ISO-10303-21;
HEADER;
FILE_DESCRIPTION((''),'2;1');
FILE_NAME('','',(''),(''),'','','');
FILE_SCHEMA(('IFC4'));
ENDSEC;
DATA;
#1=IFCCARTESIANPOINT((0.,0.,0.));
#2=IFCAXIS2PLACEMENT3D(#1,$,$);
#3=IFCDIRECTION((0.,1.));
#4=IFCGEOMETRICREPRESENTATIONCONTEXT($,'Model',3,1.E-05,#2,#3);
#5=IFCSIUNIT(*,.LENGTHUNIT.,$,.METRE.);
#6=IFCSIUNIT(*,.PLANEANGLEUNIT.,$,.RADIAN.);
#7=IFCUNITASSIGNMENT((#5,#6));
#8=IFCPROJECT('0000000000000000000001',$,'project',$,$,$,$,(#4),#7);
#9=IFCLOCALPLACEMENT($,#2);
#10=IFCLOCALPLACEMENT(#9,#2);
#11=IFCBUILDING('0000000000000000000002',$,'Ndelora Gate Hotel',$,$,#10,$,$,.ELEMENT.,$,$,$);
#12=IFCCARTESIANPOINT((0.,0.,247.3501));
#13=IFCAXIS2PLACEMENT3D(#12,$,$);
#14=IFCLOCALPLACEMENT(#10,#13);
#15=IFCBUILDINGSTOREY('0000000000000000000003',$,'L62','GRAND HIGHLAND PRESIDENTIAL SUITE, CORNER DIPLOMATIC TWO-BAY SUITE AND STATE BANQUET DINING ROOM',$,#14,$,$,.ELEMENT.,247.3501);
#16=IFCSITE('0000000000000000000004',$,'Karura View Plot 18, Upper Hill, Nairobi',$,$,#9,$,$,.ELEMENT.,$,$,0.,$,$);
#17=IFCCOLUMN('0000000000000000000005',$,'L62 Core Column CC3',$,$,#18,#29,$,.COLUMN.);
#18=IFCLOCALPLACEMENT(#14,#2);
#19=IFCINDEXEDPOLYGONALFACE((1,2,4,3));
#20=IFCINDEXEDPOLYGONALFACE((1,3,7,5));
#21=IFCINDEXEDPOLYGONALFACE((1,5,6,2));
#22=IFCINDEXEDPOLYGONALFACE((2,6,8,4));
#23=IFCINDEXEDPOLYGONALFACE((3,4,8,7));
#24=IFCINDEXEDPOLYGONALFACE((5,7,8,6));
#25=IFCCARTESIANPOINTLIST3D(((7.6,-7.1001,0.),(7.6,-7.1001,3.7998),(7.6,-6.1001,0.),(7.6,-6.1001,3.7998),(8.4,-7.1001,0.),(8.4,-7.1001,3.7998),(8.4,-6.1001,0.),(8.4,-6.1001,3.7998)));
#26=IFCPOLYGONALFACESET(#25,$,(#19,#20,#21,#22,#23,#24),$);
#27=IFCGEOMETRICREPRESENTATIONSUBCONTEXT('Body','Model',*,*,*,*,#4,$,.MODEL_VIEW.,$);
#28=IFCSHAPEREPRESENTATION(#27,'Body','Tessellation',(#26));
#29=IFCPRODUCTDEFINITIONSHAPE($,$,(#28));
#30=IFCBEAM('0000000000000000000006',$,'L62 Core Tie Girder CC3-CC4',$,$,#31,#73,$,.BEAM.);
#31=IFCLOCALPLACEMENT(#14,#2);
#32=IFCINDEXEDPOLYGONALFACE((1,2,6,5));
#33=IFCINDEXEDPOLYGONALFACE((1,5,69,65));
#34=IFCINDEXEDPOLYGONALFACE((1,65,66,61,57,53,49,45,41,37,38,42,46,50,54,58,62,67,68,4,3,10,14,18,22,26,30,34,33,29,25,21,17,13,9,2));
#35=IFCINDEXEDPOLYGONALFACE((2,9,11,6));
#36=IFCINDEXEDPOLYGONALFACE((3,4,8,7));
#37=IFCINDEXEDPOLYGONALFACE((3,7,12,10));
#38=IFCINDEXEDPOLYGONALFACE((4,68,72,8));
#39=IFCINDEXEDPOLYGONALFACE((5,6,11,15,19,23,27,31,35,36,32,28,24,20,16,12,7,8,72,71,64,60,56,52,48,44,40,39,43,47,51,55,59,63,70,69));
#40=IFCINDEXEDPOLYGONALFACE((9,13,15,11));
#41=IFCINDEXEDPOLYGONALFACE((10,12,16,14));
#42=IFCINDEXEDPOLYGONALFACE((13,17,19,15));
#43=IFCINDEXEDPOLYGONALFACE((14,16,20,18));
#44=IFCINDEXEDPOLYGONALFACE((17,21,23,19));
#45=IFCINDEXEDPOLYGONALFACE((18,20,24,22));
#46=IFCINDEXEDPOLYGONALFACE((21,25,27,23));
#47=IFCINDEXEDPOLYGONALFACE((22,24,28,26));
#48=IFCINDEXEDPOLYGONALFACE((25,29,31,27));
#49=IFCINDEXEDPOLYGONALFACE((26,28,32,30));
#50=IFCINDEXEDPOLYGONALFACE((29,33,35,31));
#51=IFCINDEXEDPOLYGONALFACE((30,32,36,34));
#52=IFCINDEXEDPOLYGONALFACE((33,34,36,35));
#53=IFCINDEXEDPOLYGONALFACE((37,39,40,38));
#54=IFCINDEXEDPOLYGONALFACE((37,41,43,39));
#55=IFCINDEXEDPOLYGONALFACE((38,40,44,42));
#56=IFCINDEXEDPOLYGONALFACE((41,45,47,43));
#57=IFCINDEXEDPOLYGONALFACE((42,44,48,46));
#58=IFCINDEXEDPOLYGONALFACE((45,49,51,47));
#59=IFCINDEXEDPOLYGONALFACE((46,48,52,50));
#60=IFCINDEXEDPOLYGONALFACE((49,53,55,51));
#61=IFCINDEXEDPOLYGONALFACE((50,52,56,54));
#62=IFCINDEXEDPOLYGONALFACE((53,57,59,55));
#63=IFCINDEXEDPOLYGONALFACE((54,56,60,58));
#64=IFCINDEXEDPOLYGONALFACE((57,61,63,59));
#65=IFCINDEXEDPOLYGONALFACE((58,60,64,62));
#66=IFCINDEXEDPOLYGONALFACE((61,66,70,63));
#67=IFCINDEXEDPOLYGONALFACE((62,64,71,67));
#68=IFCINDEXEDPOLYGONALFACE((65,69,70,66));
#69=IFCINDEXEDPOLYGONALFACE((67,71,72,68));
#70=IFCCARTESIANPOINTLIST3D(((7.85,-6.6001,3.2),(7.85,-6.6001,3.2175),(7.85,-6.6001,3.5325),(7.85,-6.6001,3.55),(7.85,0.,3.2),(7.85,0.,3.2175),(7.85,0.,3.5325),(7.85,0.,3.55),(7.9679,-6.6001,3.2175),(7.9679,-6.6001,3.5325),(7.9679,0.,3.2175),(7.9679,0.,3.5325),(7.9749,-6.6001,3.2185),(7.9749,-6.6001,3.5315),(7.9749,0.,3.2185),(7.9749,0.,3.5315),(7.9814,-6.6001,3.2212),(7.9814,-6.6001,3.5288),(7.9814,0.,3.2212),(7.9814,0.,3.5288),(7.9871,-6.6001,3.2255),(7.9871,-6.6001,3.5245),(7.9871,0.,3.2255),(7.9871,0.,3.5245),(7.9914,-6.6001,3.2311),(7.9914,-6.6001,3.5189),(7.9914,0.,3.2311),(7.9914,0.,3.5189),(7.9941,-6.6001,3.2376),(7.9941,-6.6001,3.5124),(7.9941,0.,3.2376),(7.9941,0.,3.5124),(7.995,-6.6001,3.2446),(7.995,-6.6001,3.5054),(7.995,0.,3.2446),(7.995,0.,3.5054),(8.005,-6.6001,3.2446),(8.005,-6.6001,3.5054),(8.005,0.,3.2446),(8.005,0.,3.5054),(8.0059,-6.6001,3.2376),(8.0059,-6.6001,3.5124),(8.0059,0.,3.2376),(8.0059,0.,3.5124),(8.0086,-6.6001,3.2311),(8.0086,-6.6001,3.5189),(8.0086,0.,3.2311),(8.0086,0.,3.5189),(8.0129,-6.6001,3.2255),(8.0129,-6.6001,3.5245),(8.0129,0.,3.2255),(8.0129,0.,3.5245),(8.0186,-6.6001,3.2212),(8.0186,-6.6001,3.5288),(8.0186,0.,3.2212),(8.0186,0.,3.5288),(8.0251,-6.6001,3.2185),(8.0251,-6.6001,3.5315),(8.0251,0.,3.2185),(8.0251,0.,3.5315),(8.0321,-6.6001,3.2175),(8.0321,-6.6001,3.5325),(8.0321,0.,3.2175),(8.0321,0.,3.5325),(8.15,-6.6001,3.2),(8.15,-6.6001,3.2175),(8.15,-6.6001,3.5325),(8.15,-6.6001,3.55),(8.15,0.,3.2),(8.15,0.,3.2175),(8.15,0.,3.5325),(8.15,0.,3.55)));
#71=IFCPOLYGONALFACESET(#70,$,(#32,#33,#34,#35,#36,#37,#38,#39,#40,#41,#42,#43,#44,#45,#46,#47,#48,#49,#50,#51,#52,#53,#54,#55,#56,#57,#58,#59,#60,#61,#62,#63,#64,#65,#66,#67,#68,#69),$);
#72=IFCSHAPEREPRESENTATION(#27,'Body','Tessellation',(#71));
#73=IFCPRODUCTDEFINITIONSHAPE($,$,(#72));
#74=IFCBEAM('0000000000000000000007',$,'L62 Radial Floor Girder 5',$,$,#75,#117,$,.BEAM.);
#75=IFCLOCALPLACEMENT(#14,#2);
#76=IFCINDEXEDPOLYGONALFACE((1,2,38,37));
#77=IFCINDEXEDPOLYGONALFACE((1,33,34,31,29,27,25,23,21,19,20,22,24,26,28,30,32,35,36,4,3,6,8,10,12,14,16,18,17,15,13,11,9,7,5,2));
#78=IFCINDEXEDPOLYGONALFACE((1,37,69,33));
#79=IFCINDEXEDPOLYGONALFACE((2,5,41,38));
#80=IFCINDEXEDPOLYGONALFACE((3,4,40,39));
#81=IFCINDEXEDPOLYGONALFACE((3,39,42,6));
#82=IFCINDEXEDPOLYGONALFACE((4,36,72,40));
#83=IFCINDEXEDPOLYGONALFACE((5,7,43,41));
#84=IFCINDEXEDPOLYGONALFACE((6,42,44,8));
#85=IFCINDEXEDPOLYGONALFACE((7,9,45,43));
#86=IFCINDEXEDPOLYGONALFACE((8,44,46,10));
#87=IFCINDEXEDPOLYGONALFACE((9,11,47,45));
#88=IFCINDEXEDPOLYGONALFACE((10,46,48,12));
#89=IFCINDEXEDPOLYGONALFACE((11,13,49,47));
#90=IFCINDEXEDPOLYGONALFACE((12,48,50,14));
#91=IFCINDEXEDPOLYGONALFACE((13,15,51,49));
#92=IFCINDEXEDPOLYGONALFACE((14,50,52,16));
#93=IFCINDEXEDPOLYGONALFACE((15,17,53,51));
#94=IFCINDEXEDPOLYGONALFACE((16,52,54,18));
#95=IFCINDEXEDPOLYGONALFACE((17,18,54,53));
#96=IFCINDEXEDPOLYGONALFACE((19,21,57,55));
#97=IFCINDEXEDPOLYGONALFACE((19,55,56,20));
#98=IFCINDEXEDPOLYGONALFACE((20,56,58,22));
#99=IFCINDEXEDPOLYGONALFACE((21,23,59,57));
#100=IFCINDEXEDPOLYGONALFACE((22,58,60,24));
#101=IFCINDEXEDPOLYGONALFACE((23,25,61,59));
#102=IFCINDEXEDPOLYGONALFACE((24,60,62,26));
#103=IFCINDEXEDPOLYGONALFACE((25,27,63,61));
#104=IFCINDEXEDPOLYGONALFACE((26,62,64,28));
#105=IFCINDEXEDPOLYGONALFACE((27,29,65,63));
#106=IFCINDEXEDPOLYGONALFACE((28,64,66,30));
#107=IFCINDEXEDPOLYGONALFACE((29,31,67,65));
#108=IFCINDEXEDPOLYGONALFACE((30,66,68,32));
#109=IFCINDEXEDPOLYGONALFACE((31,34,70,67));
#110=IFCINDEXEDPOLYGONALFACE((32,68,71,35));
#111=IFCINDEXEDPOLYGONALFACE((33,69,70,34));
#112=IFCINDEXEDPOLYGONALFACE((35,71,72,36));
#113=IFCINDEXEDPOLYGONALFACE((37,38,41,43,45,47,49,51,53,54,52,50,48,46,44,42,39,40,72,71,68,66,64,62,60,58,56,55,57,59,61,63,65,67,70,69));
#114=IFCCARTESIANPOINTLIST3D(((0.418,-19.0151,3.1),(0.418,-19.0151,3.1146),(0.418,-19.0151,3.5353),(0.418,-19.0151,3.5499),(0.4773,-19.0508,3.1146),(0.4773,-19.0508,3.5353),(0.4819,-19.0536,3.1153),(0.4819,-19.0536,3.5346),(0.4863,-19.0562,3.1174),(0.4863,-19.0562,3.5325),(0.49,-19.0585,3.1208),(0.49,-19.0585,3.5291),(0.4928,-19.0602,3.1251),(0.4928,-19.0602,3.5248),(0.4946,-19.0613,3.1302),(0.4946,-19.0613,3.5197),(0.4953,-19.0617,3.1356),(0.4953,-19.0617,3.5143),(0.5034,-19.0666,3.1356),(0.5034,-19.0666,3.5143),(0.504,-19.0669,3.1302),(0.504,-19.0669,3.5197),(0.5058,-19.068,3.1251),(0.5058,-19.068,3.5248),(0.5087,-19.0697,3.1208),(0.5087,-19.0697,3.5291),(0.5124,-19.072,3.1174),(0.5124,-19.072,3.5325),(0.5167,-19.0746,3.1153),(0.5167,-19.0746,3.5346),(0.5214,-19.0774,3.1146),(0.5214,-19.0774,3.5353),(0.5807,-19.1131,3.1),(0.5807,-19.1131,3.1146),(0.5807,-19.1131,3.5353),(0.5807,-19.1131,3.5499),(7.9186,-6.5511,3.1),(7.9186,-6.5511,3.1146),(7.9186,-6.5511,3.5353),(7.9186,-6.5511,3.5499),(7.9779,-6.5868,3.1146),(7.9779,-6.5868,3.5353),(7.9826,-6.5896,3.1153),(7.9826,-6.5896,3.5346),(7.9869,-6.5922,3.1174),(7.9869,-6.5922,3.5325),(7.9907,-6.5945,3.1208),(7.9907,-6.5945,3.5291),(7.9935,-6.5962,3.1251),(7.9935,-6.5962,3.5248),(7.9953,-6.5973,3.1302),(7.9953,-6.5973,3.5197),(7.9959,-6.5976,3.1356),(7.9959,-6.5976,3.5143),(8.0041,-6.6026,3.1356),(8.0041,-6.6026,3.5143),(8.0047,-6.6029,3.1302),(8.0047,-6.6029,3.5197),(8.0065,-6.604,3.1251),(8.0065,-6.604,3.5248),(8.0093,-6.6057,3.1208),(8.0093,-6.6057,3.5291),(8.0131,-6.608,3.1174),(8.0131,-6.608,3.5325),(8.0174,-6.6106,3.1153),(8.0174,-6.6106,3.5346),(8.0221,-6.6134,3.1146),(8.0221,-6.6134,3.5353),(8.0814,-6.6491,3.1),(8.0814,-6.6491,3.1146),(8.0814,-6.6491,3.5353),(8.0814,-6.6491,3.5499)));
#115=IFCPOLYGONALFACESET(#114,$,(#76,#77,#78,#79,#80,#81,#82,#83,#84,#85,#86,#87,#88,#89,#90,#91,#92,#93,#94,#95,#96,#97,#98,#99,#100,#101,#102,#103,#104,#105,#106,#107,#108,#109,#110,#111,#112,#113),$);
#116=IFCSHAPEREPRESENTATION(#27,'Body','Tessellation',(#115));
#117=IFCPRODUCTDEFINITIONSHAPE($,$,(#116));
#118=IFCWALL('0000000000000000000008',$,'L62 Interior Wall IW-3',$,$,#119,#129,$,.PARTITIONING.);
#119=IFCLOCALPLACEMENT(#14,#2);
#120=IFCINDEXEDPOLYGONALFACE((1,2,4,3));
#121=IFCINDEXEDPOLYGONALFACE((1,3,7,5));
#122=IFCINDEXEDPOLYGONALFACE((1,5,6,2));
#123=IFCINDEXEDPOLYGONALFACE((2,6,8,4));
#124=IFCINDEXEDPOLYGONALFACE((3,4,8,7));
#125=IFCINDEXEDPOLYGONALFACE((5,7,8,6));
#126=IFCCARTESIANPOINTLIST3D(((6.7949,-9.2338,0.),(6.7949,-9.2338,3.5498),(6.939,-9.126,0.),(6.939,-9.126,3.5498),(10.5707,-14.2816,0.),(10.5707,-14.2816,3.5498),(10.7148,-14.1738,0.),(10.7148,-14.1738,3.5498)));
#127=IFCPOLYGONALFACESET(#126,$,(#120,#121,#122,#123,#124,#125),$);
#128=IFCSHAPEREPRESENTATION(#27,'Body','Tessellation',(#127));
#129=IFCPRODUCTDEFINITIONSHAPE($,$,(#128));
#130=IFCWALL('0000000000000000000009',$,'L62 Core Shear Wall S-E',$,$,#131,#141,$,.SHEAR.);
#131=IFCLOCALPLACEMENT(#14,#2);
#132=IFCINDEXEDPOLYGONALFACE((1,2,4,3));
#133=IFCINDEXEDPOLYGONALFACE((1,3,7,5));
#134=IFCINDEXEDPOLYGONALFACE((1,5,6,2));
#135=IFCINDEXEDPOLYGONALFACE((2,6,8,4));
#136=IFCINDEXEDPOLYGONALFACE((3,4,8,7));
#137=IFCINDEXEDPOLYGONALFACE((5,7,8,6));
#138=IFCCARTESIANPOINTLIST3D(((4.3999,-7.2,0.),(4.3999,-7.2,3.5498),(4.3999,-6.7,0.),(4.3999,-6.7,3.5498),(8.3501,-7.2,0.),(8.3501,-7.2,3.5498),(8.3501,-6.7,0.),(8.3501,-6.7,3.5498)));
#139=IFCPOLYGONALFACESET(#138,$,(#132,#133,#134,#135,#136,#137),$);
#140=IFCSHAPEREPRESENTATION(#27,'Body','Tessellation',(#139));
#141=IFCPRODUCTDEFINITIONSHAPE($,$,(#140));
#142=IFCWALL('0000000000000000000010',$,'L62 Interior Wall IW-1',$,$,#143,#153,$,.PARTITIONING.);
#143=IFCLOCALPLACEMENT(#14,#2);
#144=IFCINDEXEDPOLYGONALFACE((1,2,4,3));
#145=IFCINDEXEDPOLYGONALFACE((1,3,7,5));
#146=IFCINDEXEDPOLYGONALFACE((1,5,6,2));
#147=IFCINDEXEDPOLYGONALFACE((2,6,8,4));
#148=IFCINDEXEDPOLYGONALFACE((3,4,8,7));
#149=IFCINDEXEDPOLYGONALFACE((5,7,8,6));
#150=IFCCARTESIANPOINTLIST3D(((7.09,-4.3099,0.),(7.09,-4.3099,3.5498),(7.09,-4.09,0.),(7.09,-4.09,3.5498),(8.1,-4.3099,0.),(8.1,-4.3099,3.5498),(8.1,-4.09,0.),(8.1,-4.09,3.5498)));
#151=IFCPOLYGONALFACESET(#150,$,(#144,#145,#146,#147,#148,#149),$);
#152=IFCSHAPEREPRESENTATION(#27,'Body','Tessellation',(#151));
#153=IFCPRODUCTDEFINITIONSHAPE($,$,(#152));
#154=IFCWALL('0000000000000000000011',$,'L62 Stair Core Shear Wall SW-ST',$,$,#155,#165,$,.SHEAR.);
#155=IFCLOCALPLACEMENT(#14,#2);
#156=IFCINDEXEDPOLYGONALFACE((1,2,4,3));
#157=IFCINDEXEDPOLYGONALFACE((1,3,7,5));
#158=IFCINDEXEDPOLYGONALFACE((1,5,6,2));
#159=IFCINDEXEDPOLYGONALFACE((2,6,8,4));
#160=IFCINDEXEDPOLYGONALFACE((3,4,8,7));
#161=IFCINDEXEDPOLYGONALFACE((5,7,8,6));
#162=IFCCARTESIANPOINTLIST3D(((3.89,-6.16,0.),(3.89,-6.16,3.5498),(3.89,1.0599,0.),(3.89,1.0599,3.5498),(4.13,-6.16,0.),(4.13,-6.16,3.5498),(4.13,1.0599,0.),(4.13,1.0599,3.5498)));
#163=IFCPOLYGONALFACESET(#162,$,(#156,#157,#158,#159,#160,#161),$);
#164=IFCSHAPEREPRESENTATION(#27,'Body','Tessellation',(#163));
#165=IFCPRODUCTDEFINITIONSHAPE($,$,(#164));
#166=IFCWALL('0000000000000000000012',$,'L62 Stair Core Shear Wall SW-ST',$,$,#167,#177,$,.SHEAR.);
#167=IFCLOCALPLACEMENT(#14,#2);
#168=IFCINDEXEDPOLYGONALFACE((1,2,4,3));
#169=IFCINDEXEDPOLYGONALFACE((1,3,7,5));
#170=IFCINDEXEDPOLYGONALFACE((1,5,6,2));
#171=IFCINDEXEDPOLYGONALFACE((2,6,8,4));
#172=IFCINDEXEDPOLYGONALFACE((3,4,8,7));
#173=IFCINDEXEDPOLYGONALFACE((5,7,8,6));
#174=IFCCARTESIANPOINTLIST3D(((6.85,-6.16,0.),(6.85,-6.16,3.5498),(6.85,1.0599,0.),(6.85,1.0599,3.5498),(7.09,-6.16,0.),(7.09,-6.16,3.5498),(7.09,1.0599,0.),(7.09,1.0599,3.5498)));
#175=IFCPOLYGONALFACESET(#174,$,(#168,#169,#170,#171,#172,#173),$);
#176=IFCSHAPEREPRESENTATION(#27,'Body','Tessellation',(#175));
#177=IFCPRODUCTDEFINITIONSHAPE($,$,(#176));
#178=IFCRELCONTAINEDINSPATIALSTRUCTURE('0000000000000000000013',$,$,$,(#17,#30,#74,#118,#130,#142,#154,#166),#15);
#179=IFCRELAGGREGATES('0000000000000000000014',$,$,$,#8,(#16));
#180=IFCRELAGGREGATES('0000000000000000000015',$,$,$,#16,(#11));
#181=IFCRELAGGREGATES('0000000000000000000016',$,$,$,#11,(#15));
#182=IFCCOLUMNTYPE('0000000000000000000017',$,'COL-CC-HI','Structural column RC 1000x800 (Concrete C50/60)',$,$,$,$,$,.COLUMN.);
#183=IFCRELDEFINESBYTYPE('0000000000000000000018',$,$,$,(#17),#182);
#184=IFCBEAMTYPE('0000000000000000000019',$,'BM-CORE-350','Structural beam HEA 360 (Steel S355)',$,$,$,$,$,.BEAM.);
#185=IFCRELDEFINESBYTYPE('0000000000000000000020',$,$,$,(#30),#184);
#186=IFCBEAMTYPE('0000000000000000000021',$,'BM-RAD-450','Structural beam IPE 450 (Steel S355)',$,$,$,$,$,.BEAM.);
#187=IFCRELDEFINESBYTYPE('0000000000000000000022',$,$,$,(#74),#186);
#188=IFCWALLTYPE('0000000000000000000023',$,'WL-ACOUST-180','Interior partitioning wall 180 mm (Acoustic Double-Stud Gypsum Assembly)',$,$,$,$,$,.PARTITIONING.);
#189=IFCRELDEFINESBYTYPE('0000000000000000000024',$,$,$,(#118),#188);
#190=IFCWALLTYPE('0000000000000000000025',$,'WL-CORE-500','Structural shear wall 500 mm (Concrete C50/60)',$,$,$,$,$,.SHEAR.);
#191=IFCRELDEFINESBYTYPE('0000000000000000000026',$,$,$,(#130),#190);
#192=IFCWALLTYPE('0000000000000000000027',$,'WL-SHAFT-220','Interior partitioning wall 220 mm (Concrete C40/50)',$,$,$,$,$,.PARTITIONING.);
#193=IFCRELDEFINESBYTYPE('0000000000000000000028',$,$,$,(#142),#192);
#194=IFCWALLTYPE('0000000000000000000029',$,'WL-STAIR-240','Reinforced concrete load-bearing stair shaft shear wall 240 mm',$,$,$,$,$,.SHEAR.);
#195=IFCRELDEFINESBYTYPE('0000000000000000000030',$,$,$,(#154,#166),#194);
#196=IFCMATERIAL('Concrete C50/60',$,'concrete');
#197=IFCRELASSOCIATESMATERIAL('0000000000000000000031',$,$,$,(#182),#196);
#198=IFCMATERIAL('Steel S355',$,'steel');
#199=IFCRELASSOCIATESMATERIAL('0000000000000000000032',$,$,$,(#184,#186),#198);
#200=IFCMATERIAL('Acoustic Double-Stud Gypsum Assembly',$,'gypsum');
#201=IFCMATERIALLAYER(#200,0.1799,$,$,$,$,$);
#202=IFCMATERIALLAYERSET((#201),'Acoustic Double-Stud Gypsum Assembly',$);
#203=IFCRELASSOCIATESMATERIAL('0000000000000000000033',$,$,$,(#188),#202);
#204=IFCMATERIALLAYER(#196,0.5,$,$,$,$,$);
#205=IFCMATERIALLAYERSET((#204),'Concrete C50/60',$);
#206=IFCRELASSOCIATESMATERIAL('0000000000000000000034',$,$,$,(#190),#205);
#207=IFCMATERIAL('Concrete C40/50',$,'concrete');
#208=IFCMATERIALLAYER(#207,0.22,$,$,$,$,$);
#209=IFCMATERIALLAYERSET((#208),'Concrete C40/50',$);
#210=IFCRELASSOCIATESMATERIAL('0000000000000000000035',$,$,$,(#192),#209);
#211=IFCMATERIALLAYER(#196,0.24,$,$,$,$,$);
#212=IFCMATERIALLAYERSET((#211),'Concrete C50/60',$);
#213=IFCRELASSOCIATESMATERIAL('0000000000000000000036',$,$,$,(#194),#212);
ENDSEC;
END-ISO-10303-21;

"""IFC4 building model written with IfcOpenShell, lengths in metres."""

from ifc_helpers import new_model, si_unit, direction, frame, frame_2d, origin, origin_2d, place, context, subcontext, project, spatial, rectangle, i_section, extrude, material, layer, layer_set, material_profile, profile_set, type_object, element, save


model = new_model("IFC4")

# Units and contexts
model_context = context("Model", 3, precision=1e-05, world=origin(), true_north=direction((0.0, 1.0)))
body_context = subcontext(model_context, "Body", "Model", "MODEL_VIEW")
ifc_project = project(units=[si_unit("LENGTHUNIT", "METRE"), si_unit("PLANEANGLEUNIT", "RADIAN")], contexts=[model_context])

# Site, building, storey
site_placement = place(None, origin())
site = spatial("IfcSite", under=ifc_project, at=site_placement, Name="Karura View Plot 18, Upper Hill, Nairobi", CompositionType="ELEMENT", RefElevation=0.0)
building_placement = place(site_placement, origin())
building = spatial("IfcBuilding", under=site, at=building_placement, Name="Ndelora Gate Hotel", CompositionType="ELEMENT")
storey_placement = place(building_placement, frame((0.0, 0.0, 247.3501)))
storey = spatial("IfcBuildingStorey", under=building, at=storey_placement, Name="L62", Description="GRAND HIGHLAND PRESIDENTIAL SUITE, CORNER DIPLOMATIC TWO-BAY SUITE AND STATE BANQUET DINING ROOM", CompositionType="ELEMENT", Elevation=247.3501)

# Column
ifc_material_1 = material(Name="Concrete C50/60", Category="concrete")
ifc_material_profile_1 = material_profile(ifc_material_1, rectangle(XDim=0.8, YDim=1.0, at=origin_2d()), Name="RC 1000x800")
ifc_profile_set_1 = profile_set([ifc_material_profile_1], Name="Concrete C50/60")
column_type = type_object("IfcColumnType", Name="COL-CC-HI", Description="Structural column RC 1000x800 (Concrete C50/60)", PredefinedType="COLUMN", material=ifc_profile_set_1)
column_placement = place(storey_placement, frame((8.0, -6.6001, 0.0), z_axis=(0.0, 0.0, 1.0), x_axis=(1.0, 0.0, 0.0)))
element("IfcColumn", 1, at=column_placement, inside=storey, type_object=column_type, Name="L62 Core Column CC3", PredefinedType="COLUMN", context=body_context, shape_type="SweptSolid", body=[
    extrude(rectangle(XDim=0.8, YDim=1.0, at=origin_2d()), origin(), (0.0, 0.0, 1.0), 3.7998),
])

# Beams
ifc_material_2 = material(Name="Steel S355", Category="steel")
ifc_material_profile_2 = material_profile(ifc_material_2, i_section(OverallWidth=0.3, OverallDepth=0.3501, WebThickness=0.01, FlangeThickness=0.0176, FilletRadius=0.0271, at=origin_2d()), Name="HEA 360")
ifc_profile_set_2 = profile_set([ifc_material_profile_2], Name="Steel S355")
beam_type_1 = type_object("IfcBeamType", Name="BM-CORE-350", Description="Structural beam HEA 360 (Steel S355)", PredefinedType="BEAM", material=ifc_profile_set_2)
beam_1_placement = place(storey_placement, frame((8.0, -6.6001, 3.375), z_axis=(0.0, 1.0, 0.0), x_axis=(-1.0, 0.0, 0.0)))
element("IfcBeam", 2, at=beam_1_placement, inside=storey, type_object=beam_type_1, Name="L62 Core Tie Girder CC3-CC4", PredefinedType="BEAM", context=body_context, shape_type="SweptSolid", body=[
    extrude(i_section(OverallWidth=0.3, OverallDepth=0.3501, WebThickness=0.01, FlangeThickness=0.0176, FilletRadius=0.0271, at=origin_2d()), origin(), (0.0, 0.0, 1.0), 6.6001),
])
ifc_material_profile_3 = material_profile(ifc_material_2, i_section(OverallWidth=0.1899, OverallDepth=0.45, WebThickness=0.0095, FlangeThickness=0.0146, FilletRadius=0.021, at=origin_2d()), Name="IPE 450")
ifc_profile_set_3 = profile_set([ifc_material_profile_3], Name="Steel S355")
beam_type_2 = type_object("IfcBeamType", Name="BM-RAD-450", Description="Structural beam IPE 450 (Steel S355)", PredefinedType="BEAM", material=ifc_profile_set_3)
beam_2_placement = place(storey_placement, frame((8.0, -6.6001, 3.325), z_axis=(-0.515621, -0.856817, 0.0), x_axis=(0.856817, -0.515621, 0.0)))
element("IfcBeam", 3, at=beam_2_placement, inside=storey, type_object=beam_type_2, Name="L62 Radial Floor Girder 5", PredefinedType="BEAM", context=body_context, shape_type="SweptSolid", body=[
    extrude(i_section(OverallWidth=0.1899, OverallDepth=0.45, WebThickness=0.0095, FlangeThickness=0.0146, FilletRadius=0.021, at=origin_2d()), origin(), (0.0, 0.0, 1.0), 14.5469),
])

# Walls
ifc_material_3 = material(Name="Acoustic Double-Stud Gypsum Assembly", Category="gypsum")
ifc_layer_1 = layer(ifc_material_3, 0.1799)
ifc_layer_set_1 = layer_set([ifc_layer_1], Name="Acoustic Double-Stud Gypsum Assembly")
wall_type_1 = type_object("IfcWallType", Name="WL-ACOUST-180", Description="Interior partitioning wall 180 mm (Acoustic Double-Stud Gypsum Assembly)", PredefinedType="PARTITIONING", material=ifc_layer_set_1)
wall_1_placement = place(storey_placement, frame((6.8669, -9.1799, 0.0), z_axis=(0.0, 0.0, 1.0), x_axis=(0.598983, -0.800762, 0.0)))
element("IfcWall", 4, at=wall_1_placement, inside=storey, type_object=wall_type_1, Name="L62 Interior Wall IW-3", PredefinedType="PARTITIONING", context=body_context, shape_type="SweptSolid", body=[
    extrude(rectangle(XDim=6.3037, YDim=0.1799, at=frame_2d((3.1519, 0.0))), origin(), (0.0, 0.0, 1.0), 3.5498),
])
ifc_layer_2 = layer(ifc_material_1, 0.5)
ifc_layer_set_2 = layer_set([ifc_layer_2], Name="Concrete C50/60")
wall_type_2 = type_object("IfcWallType", Name="WL-CORE-500", Description="Structural shear wall 500 mm (Concrete C50/60)", PredefinedType="SHEAR", material=ifc_layer_set_2)
wall_2_placement = place(storey_placement, frame((4.3999, -6.95, 0.0), z_axis=(0.0, 0.0, 1.0), x_axis=(1.0, 0.0, 0.0)))
element("IfcWall", 5, at=wall_2_placement, inside=storey, type_object=wall_type_2, Name="L62 Core Shear Wall S-E", PredefinedType="SHEAR", context=body_context, shape_type="SweptSolid", body=[
    extrude(rectangle(XDim=3.9502, YDim=0.5, at=frame_2d((1.9751, 0.0))), origin(), (0.0, 0.0, 1.0), 3.5498),
])
ifc_material_4 = material(Name="Concrete C40/50", Category="concrete")
ifc_layer_3 = layer(ifc_material_4, 0.22)
ifc_layer_set_3 = layer_set([ifc_layer_3], Name="Concrete C40/50")
wall_type_3 = type_object("IfcWallType", Name="WL-SHAFT-220", Description="Interior partitioning wall 220 mm (Concrete C40/50)", PredefinedType="PARTITIONING", material=ifc_layer_set_3)
wall_3_placement = place(storey_placement, frame((7.0901, -4.2, 0.0), z_axis=(0.0, 0.0, 1.0), x_axis=(1.0, 0.0, 0.0)))
element("IfcWall", 6, at=wall_3_placement, inside=storey, type_object=wall_type_3, Name="L62 Interior Wall IW-1", PredefinedType="PARTITIONING", context=body_context, shape_type="SweptSolid", body=[
    extrude(rectangle(XDim=1.01, YDim=0.22, at=frame_2d((0.5049, 0.0))), origin(), (0.0, 0.0, 1.0), 3.5498),
])
ifc_layer_4 = layer(ifc_material_1, 0.24)
ifc_layer_set_4 = layer_set([ifc_layer_4], Name="Concrete C50/60")
wall_type_4 = type_object("IfcWallType", Name="WL-STAIR-240", Description="Reinforced concrete load-bearing stair shaft shear wall 240 mm", PredefinedType="SHEAR", material=ifc_layer_set_4)
for number, where, z_axis, x_axis, name in (
    (7, (4.01, -6.1599, 0.0), (0.0, 0.0, 1.0), (0.0, 1.0, 0.0), "L62 Stair Core Shear Wall SW-ST"),
    (8, (6.97, -6.1599, 0.0), (0.0, 0.0, 1.0), (0.0, 1.0, 0.0), "L62 Stair Core Shear Wall SW-ST"),
):
    element("IfcWall", number, at=place(storey_placement, frame(where, z_axis=z_axis, x_axis=x_axis)), inside=storey, type_object=wall_type_4, Name=name, PredefinedType="SHEAR", context=body_context, shape_type="SweptSolid", body=[
        extrude(rectangle(XDim=7.22, YDim=0.24, at=frame_2d((3.6099, 0.0))), origin(), (0.0, 0.0, 1.0), 3.5498),
    ])

save(model, "model.ifc")
